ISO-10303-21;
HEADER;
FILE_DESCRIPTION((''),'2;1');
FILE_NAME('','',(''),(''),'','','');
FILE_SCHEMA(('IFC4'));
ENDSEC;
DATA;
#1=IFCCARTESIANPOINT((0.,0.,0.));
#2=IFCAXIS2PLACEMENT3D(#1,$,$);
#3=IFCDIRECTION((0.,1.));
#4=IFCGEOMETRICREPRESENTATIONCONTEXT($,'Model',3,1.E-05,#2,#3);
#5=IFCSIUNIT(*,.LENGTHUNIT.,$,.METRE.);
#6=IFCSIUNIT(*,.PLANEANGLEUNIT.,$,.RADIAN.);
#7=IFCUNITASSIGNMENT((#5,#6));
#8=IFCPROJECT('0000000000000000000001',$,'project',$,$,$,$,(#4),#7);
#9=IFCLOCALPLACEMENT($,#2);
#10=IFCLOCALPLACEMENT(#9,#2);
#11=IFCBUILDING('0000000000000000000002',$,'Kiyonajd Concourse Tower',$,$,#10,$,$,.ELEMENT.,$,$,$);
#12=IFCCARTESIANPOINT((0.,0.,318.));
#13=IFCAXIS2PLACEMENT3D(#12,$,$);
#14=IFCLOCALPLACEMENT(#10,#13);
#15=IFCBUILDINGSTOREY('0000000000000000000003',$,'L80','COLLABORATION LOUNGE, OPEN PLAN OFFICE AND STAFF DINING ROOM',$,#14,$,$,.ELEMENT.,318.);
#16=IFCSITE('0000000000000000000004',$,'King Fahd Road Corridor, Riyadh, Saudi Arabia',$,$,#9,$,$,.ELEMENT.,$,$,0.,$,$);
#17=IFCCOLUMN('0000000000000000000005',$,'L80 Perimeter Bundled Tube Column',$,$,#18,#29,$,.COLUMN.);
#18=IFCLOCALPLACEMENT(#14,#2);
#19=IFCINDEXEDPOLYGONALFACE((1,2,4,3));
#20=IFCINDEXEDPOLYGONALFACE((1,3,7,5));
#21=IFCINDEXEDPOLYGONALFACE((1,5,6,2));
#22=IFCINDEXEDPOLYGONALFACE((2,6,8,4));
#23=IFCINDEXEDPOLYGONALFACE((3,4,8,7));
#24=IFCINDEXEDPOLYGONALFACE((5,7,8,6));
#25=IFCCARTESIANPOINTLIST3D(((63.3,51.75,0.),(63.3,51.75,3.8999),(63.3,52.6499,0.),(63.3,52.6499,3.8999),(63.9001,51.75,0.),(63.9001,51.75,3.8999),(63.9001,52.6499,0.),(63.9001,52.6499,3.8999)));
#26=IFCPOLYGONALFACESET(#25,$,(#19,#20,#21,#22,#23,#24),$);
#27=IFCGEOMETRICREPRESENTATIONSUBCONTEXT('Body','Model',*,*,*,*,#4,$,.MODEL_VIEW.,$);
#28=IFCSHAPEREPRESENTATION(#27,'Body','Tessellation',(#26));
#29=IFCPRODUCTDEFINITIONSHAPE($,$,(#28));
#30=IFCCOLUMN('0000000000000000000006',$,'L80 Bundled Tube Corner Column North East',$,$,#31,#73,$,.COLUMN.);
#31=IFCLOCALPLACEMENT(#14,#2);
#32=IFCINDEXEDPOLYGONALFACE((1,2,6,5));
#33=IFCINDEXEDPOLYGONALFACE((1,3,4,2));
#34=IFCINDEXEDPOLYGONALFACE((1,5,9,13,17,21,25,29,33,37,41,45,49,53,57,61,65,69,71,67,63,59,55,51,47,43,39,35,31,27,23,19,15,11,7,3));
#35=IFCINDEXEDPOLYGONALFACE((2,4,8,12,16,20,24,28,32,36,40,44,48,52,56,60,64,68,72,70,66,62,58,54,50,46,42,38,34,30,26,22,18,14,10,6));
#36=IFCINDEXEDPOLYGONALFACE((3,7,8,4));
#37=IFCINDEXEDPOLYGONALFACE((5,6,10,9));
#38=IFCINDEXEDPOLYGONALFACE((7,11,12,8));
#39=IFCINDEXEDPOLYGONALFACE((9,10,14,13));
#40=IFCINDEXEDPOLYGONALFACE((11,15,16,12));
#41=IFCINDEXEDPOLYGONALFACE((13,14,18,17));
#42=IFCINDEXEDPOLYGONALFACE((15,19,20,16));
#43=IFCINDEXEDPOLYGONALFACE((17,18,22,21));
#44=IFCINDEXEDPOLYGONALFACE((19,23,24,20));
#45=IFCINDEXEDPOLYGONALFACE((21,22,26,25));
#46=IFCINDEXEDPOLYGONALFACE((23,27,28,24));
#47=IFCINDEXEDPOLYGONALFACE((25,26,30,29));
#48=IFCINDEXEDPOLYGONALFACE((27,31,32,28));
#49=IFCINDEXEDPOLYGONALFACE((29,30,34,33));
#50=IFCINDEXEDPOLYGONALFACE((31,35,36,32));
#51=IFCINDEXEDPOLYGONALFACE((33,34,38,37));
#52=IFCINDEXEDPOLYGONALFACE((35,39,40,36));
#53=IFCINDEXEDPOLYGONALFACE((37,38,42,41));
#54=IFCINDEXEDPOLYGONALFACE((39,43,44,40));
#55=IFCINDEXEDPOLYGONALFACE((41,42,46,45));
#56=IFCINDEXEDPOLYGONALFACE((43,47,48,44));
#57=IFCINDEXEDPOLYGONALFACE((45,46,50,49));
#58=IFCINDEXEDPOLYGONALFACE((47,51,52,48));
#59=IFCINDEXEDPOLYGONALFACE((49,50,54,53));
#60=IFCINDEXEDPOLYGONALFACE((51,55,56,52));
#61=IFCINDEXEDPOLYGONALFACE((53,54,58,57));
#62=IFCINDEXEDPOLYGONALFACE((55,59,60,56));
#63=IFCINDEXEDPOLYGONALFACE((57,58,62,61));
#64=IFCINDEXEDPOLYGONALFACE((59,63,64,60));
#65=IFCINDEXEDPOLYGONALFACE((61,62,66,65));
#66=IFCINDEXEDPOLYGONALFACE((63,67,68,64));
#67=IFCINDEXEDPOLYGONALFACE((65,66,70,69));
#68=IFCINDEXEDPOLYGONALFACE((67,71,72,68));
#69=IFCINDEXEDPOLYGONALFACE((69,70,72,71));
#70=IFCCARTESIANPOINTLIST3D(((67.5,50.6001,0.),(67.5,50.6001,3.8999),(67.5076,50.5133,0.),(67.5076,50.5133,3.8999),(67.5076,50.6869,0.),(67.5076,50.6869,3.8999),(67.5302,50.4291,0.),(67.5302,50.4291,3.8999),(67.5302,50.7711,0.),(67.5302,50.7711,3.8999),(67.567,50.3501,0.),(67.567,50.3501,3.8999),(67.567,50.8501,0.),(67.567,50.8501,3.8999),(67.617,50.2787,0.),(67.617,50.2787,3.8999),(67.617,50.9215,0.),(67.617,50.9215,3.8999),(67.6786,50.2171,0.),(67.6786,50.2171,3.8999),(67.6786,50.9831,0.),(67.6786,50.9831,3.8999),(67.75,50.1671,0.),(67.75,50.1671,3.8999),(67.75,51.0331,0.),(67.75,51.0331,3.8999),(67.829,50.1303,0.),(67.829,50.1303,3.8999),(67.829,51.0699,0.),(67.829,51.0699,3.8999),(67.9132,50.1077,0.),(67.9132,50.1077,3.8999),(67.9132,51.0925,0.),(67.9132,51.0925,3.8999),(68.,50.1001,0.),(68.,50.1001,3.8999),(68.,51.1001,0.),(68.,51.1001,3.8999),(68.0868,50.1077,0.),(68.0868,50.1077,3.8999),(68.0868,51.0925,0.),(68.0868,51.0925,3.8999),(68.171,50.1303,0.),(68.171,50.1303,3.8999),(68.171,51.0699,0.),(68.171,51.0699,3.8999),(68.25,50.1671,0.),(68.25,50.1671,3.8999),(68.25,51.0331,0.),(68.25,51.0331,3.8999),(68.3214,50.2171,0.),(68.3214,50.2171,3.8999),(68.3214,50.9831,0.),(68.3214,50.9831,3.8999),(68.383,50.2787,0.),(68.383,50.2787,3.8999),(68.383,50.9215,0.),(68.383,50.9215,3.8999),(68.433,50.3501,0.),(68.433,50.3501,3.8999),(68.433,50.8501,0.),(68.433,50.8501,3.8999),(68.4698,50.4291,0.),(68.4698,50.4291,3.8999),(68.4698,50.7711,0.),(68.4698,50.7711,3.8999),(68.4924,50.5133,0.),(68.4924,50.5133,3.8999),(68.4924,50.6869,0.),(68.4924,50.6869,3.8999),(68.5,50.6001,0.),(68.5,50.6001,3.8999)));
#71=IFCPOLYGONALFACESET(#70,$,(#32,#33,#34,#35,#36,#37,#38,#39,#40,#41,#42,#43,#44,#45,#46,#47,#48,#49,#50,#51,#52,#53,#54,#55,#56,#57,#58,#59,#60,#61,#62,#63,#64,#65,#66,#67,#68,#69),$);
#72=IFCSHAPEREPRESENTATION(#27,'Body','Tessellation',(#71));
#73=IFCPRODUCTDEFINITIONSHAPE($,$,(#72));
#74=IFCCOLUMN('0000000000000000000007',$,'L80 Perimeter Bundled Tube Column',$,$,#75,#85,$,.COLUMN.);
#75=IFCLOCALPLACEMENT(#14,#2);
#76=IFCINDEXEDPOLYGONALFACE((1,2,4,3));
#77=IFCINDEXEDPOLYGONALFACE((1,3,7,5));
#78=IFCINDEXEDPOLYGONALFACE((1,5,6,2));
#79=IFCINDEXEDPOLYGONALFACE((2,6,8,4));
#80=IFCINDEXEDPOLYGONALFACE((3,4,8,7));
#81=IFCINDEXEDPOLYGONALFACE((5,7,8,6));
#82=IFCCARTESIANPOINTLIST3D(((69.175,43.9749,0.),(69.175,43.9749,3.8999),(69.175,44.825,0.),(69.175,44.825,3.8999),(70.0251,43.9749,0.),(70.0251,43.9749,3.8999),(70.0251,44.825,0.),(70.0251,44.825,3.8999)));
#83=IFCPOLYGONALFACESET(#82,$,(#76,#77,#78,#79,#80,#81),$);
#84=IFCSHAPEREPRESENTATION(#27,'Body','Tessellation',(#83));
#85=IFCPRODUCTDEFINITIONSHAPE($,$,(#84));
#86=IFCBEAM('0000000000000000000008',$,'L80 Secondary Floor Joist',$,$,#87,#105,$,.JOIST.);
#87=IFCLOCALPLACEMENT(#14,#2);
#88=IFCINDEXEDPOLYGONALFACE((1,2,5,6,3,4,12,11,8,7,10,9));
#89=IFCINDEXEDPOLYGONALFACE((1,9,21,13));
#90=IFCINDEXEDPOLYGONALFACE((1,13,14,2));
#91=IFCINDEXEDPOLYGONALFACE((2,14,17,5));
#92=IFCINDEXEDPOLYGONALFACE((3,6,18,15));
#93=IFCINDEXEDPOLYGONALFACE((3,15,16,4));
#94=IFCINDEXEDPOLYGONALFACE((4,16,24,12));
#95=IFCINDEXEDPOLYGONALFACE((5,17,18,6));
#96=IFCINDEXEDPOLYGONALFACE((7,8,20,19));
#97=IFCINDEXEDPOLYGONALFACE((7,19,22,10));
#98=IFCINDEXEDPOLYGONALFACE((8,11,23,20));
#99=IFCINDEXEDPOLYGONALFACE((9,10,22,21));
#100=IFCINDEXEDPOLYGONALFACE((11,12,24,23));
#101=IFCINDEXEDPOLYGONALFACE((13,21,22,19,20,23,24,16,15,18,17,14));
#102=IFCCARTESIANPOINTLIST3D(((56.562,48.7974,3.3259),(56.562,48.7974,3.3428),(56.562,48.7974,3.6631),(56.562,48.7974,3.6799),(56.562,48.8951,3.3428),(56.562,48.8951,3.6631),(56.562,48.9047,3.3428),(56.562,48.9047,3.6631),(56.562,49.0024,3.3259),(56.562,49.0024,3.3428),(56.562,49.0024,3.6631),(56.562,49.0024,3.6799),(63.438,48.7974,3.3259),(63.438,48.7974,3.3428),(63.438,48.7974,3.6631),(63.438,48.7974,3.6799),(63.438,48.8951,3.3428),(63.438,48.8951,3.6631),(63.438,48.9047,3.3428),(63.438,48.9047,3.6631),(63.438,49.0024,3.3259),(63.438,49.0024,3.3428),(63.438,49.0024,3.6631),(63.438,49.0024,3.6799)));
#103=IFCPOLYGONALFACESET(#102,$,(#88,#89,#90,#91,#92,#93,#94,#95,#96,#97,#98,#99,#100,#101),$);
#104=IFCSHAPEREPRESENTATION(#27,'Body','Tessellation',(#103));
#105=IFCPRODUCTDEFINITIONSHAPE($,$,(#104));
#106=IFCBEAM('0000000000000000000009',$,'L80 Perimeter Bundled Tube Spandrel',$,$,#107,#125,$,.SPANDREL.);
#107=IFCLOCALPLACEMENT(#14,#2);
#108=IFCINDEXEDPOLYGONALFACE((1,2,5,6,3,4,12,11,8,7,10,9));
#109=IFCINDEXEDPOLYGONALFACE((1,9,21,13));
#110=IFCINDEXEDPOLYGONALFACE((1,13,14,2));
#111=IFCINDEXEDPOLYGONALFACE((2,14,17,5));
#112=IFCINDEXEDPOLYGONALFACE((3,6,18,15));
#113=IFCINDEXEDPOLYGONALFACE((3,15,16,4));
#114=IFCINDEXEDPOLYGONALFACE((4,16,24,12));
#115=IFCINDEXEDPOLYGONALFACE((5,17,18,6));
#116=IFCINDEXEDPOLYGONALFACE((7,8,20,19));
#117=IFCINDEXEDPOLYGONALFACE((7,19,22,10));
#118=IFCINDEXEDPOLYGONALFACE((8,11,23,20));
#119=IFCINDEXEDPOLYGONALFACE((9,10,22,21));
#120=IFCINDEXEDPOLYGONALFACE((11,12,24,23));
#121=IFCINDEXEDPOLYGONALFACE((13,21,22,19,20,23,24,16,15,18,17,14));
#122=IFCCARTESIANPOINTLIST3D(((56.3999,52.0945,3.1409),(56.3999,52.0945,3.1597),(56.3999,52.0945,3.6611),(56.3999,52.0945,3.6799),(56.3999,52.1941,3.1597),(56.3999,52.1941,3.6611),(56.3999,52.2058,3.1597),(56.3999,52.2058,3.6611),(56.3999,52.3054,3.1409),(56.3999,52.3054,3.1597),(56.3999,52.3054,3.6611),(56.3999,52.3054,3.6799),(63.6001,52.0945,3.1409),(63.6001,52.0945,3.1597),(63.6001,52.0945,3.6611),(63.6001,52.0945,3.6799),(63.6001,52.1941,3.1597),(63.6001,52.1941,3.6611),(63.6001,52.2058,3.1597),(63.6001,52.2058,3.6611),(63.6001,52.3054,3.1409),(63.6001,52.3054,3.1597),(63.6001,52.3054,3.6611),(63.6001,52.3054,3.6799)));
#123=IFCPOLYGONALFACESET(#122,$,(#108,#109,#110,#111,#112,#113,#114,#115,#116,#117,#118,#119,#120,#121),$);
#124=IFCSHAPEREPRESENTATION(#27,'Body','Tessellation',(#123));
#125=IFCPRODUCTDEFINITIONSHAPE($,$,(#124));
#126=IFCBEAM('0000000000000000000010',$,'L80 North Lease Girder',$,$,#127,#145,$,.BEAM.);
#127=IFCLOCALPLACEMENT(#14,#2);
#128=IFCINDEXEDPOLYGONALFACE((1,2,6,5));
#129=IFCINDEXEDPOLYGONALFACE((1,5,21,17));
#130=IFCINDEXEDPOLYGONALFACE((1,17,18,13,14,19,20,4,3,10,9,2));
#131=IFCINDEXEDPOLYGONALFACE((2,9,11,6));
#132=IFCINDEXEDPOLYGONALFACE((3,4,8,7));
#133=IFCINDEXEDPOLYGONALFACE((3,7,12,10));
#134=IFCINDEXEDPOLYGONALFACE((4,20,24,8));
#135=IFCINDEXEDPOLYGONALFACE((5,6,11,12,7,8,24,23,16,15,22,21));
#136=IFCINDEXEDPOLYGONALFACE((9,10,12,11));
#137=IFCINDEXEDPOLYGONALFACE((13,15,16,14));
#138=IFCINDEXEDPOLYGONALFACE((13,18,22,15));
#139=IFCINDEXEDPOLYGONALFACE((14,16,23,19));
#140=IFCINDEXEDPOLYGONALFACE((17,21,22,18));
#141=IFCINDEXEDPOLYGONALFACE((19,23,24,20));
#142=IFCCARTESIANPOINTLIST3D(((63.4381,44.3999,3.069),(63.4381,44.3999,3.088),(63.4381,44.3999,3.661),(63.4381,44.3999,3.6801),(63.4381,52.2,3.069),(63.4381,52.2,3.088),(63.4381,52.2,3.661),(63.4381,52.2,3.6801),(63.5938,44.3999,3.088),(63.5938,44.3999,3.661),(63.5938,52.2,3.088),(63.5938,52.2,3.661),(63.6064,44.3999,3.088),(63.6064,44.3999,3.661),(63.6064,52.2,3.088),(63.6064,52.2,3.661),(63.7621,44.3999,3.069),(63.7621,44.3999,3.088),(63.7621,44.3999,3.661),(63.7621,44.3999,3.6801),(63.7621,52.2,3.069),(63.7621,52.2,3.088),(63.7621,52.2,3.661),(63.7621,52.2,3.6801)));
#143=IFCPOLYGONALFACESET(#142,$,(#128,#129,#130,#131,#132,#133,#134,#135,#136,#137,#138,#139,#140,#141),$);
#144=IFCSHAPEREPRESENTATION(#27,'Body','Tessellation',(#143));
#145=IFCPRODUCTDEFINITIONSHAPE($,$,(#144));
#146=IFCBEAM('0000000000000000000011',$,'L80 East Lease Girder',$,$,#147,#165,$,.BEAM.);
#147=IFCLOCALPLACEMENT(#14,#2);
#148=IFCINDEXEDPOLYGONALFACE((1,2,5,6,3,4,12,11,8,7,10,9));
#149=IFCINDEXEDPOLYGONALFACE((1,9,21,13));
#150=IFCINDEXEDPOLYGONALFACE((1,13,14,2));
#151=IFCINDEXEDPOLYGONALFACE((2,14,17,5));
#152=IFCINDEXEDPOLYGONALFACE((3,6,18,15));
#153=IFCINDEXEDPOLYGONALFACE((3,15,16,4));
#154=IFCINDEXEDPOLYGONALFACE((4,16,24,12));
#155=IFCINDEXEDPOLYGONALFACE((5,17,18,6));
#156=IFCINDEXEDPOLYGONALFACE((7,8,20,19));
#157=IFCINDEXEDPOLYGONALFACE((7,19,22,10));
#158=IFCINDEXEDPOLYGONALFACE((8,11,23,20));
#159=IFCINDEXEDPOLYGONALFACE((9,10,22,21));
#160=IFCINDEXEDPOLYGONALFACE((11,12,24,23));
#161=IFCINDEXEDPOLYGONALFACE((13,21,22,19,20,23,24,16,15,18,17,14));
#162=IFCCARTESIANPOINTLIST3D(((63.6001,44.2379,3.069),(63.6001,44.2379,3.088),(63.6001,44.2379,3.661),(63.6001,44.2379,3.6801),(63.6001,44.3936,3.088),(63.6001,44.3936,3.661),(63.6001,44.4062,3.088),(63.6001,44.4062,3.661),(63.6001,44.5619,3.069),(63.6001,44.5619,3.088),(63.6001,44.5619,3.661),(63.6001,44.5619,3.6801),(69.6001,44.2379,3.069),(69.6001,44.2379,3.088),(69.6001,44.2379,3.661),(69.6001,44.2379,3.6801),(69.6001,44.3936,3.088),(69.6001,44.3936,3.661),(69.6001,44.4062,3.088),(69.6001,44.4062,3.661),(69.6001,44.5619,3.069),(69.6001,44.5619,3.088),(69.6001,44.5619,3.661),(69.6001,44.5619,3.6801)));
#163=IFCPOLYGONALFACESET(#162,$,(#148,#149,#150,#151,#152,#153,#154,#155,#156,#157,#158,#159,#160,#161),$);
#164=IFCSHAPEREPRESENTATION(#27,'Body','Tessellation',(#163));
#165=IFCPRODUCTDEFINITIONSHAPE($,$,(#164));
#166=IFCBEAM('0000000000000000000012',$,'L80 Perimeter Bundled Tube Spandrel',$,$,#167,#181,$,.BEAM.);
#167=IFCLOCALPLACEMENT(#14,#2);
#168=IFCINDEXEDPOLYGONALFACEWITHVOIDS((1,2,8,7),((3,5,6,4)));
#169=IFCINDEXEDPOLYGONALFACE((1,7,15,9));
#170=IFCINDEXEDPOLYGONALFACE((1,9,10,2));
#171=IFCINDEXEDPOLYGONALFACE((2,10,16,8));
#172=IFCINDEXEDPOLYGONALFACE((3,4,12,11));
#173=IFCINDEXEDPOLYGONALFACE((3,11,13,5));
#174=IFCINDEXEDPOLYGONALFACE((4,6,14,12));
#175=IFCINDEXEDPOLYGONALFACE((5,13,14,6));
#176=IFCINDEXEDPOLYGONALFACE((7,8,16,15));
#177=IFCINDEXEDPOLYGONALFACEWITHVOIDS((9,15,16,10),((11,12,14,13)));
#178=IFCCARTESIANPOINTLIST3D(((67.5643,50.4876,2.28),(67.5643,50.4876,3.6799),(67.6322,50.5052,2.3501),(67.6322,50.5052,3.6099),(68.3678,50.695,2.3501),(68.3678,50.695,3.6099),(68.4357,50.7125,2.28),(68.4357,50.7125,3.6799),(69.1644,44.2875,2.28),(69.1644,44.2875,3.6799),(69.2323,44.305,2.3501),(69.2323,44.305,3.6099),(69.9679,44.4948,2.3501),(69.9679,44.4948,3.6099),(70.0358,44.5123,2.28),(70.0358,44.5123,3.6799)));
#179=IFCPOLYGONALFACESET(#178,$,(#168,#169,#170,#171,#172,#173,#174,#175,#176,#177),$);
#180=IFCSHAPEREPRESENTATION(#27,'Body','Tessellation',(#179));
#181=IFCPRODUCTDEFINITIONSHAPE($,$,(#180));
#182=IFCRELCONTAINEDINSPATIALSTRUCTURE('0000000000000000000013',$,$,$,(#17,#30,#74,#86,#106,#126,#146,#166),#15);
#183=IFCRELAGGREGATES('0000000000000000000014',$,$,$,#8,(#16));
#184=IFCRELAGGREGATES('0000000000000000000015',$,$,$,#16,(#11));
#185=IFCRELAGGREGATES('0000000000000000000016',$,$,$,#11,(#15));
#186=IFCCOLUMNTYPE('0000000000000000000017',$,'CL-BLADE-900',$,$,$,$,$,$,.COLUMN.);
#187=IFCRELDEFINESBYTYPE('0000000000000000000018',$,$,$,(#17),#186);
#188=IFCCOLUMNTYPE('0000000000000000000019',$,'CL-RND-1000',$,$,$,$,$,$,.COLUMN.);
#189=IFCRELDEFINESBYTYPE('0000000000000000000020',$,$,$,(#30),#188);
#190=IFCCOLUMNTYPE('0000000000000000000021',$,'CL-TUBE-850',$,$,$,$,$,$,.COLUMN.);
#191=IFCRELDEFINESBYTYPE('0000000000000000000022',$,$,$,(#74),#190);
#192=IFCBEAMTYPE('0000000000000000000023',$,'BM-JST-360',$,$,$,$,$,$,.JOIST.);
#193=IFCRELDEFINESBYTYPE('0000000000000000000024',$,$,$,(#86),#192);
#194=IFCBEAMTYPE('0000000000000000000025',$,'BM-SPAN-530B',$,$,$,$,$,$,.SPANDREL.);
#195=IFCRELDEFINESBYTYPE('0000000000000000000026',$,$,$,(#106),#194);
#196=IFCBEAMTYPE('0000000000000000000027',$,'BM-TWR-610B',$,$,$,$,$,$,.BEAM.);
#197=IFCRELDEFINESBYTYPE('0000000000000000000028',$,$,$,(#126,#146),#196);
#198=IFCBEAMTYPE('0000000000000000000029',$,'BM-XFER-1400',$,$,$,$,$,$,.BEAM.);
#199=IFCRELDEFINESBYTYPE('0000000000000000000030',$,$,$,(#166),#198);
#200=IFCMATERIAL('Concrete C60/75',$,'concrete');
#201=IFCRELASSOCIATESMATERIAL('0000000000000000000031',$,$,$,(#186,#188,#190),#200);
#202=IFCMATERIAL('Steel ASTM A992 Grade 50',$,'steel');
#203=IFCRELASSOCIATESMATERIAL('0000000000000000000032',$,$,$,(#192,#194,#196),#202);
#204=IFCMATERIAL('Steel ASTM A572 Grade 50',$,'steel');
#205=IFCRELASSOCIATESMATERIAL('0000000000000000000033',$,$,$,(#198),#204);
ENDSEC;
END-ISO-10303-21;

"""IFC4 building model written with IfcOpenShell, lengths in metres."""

from ifc_helpers import new_model, si_unit, direction, frame, origin, origin_2d, place, context, subcontext, project, spatial, rectangle, hollow_rectangle, circle, i_section, extrude, material, material_profile, profile_set, type_object, element, save


model = new_model("IFC4")

# Units and contexts
model_context = context("Model", 3, precision=1e-05, world=origin(), true_north=direction((0.0, 1.0)))
body_context = subcontext(model_context, "Body", "Model", "MODEL_VIEW")
ifc_project = project(units=[si_unit("LENGTHUNIT", "METRE"), si_unit("PLANEANGLEUNIT", "RADIAN")], contexts=[model_context])

# Site, building, storey
site_placement = place(None, origin())
site = spatial("IfcSite", under=ifc_project, at=site_placement, Name="King Fahd Road Corridor, Riyadh, Saudi Arabia", CompositionType="ELEMENT", RefElevation=0.0)
building_placement = place(site_placement, origin())
building = spatial("IfcBuilding", under=site, at=building_placement, Name="Kiyonajd Concourse Tower", CompositionType="ELEMENT")
storey_placement = place(building_placement, frame((0.0, 0.0, 318.0)))
storey = spatial("IfcBuildingStorey", under=building, at=storey_placement, Name="L80", Description="COLLABORATION LOUNGE, OPEN PLAN OFFICE AND STAFF DINING ROOM", CompositionType="ELEMENT", Elevation=318.0)

# Columns
ifc_material_1 = material(Name="Concrete C60/75", Category="concrete")
ifc_material_profile_1 = material_profile(ifc_material_1, rectangle(XDim=0.6001, YDim=0.8999, at=origin_2d()), Name="RC-900x600")
ifc_profile_set_1 = profile_set([ifc_material_profile_1], Name="Concrete C60/75")
column_type_1 = type_object("IfcColumnType", Name="CL-BLADE-900", PredefinedType="COLUMN", material=ifc_profile_set_1)
column_1_placement = place(storey_placement, frame((63.6001, 52.2, 0.0), z_axis=(0.0, 0.0, 1.0), x_axis=(1.0, 0.0, 0.0)))
element("IfcColumn", 1, at=column_1_placement, inside=storey, type_object=column_type_1, Name="L80 Perimeter Bundled Tube Column", PredefinedType="COLUMN", context=body_context, shape_type="SweptSolid", body=[
    extrude(rectangle(XDim=0.6001, YDim=0.8999, at=origin_2d()), origin(), (0.0, 0.0, 1.0), 3.8999),
])
ifc_material_profile_2 = material_profile(ifc_material_1, circle(Radius=0.5, at=origin_2d()), Name="RCC-D1000")
ifc_profile_set_2 = profile_set([ifc_material_profile_2], Name="Concrete C60/75")
column_type_2 = type_object("IfcColumnType", Name="CL-RND-1000", PredefinedType="COLUMN", material=ifc_profile_set_2)
column_2_placement = place(storey_placement, frame((68.0, 50.6001, 0.0), z_axis=(0.0, 0.0, 1.0), x_axis=(1.0, 0.0, 0.0)))
element("IfcColumn", 2, at=column_2_placement, inside=storey, type_object=column_type_2, Name="L80 Bundled Tube Corner Column North East", PredefinedType="COLUMN", context=body_context, shape_type="SweptSolid", body=[
    extrude(circle(Radius=0.5, at=origin_2d()), origin(), (0.0, 0.0, 1.0), 3.8999),
])
ifc_material_profile_3 = material_profile(ifc_material_1, rectangle(XDim=0.8501, YDim=0.8501, at=origin_2d()), Name="RC-850x850")
ifc_profile_set_3 = profile_set([ifc_material_profile_3], Name="Concrete C60/75")
column_type_3 = type_object("IfcColumnType", Name="CL-TUBE-850", PredefinedType="COLUMN", material=ifc_profile_set_3)
column_3_placement = place(storey_placement, frame((69.6001, 44.3999, 0.0), z_axis=(0.0, 0.0, 1.0), x_axis=(1.0, 0.0, 0.0)))
element("IfcColumn", 3, at=column_3_placement, inside=storey, type_object=column_type_3, Name="L80 Perimeter Bundled Tube Column", PredefinedType="COLUMN", context=body_context, shape_type="SweptSolid", body=[
    extrude(rectangle(XDim=0.8501, YDim=0.8501, at=origin_2d()), origin(), (0.0, 0.0, 1.0), 3.8999),
])

# Beams
ifc_material_2 = material(Name="Steel ASTM A992 Grade 50", Category="steel")
ifc_material_profile_4 = material_profile(ifc_material_2, i_section(OverallWidth=0.2051, OverallDepth=0.354, WebThickness=0.0095, FlangeThickness=0.0168, at=origin_2d()), Name="W360X79")
ifc_profile_set_4 = profile_set([ifc_material_profile_4], Name="Steel ASTM A992 Grade 50")
beam_type_1 = type_object("IfcBeamType", Name="BM-JST-360", PredefinedType="JOIST", material=ifc_profile_set_4)
beam_1_placement = place(storey_placement, frame((56.562, 48.8999, 3.5029), z_axis=(1.0, 0.0, 0.0), x_axis=(0.0, 1.0, 0.0)))
element("IfcBeam", 4, at=beam_1_placement, inside=storey, type_object=beam_type_1, Name="L80 Secondary Floor Joist", PredefinedType="JOIST", context=body_context, shape_type="SweptSolid", body=[
    extrude(i_section(OverallWidth=0.2051, OverallDepth=0.354, WebThickness=0.0095, FlangeThickness=0.0168, at=origin_2d()), origin(), (0.0, 0.0, 1.0), 6.876),
])
ifc_material_profile_5 = material_profile(ifc_material_2, i_section(OverallWidth=0.2109, OverallDepth=0.5391, WebThickness=0.0117, FlangeThickness=0.0188, at=origin_2d()), Name="W530X109")
ifc_profile_set_5 = profile_set([ifc_material_profile_5], Name="Steel ASTM A992 Grade 50")
beam_type_2 = type_object("IfcBeamType", Name="BM-SPAN-530B", PredefinedType="SPANDREL", material=ifc_profile_set_5)
beam_2_placement = place(storey_placement, frame((63.6001, 52.2, 3.4104), z_axis=(-1.0, 0.0, 0.0), x_axis=(0.0, -1.0, 0.0)))
element("IfcBeam", 5, at=beam_2_placement, inside=storey, type_object=beam_type_2, Name="L80 Perimeter Bundled Tube Spandrel", PredefinedType="SPANDREL", context=body_context, shape_type="SweptSolid", body=[
    extrude(i_section(OverallWidth=0.2109, OverallDepth=0.5391, WebThickness=0.0117, FlangeThickness=0.0188, at=origin_2d()), origin(), (0.0, 0.0, 1.0), 7.2002),
])
ifc_material_profile_6 = material_profile(ifc_material_2, i_section(OverallWidth=0.324, OverallDepth=0.6111, WebThickness=0.0127, FlangeThickness=0.019, at=origin_2d()), Name="W610X155")
ifc_profile_set_6 = profile_set([ifc_material_profile_6], Name="Steel ASTM A992 Grade 50")
beam_type_3 = type_object("IfcBeamType", Name="BM-TWR-610B", PredefinedType="BEAM", material=ifc_profile_set_6)
beam_3_placement = place(storey_placement, frame((63.6001, 44.3999, 3.3745), z_axis=(0.0, 1.0, 0.0), x_axis=(-1.0, 0.0, 0.0)))
element("IfcBeam", 6, at=beam_3_placement, inside=storey, type_object=beam_type_3, Name="L80 North Lease Girder", PredefinedType="BEAM", context=body_context, shape_type="SweptSolid", body=[
    extrude(i_section(OverallWidth=0.324, OverallDepth=0.6111, WebThickness=0.0127, FlangeThickness=0.019, at=origin_2d()), origin(), (0.0, 0.0, 1.0), 7.8),
])
beam_4_placement = place(storey_placement, frame((63.6001, 44.3999, 3.3745), z_axis=(1.0, 0.0, 0.0), x_axis=(0.0, 1.0, 0.0)))
element("IfcBeam", 7, at=beam_4_placement, inside=storey, type_object=beam_type_3, Name="L80 East Lease Girder", PredefinedType="BEAM", context=body_context, shape_type="SweptSolid", body=[
    extrude(i_section(OverallWidth=0.324, OverallDepth=0.6111, WebThickness=0.0127, FlangeThickness=0.019, at=origin_2d()), origin(), (0.0, 0.0, 1.0), 6.0),
])
ifc_material_3 = material(Name="Steel ASTM A572 Grade 50", Category="steel")
ifc_material_profile_7 = material_profile(ifc_material_3, hollow_rectangle(XDim=0.8999, YDim=1.3999, WallThickness=0.0701, at=origin_2d()), Name="BOX-1400x900x70")
ifc_profile_set_7 = profile_set([ifc_material_profile_7], Name="Steel ASTM A572 Grade 50")
beam_type_4 = type_object("IfcBeamType", Name="BM-XFER-1400", PredefinedType="BEAM", material=ifc_profile_set_7)
beam_5_placement = place(storey_placement, frame((69.6001, 44.3999, 2.98), z_axis=(-0.249885, 0.968276, 0.0), x_axis=(-0.968276, -0.249885, 0.0)))
element("IfcBeam", 8, at=beam_5_placement, inside=storey, type_object=beam_type_4, Name="L80 Perimeter Bundled Tube Spandrel", PredefinedType="BEAM", context=body_context, shape_type="SweptSolid", body=[
    extrude(hollow_rectangle(XDim=0.8999, YDim=1.3999, WallThickness=0.0701, at=origin_2d()), origin(), (0.0, 0.0, 1.0), 6.4033),
])

save(model, "model.ifc")
